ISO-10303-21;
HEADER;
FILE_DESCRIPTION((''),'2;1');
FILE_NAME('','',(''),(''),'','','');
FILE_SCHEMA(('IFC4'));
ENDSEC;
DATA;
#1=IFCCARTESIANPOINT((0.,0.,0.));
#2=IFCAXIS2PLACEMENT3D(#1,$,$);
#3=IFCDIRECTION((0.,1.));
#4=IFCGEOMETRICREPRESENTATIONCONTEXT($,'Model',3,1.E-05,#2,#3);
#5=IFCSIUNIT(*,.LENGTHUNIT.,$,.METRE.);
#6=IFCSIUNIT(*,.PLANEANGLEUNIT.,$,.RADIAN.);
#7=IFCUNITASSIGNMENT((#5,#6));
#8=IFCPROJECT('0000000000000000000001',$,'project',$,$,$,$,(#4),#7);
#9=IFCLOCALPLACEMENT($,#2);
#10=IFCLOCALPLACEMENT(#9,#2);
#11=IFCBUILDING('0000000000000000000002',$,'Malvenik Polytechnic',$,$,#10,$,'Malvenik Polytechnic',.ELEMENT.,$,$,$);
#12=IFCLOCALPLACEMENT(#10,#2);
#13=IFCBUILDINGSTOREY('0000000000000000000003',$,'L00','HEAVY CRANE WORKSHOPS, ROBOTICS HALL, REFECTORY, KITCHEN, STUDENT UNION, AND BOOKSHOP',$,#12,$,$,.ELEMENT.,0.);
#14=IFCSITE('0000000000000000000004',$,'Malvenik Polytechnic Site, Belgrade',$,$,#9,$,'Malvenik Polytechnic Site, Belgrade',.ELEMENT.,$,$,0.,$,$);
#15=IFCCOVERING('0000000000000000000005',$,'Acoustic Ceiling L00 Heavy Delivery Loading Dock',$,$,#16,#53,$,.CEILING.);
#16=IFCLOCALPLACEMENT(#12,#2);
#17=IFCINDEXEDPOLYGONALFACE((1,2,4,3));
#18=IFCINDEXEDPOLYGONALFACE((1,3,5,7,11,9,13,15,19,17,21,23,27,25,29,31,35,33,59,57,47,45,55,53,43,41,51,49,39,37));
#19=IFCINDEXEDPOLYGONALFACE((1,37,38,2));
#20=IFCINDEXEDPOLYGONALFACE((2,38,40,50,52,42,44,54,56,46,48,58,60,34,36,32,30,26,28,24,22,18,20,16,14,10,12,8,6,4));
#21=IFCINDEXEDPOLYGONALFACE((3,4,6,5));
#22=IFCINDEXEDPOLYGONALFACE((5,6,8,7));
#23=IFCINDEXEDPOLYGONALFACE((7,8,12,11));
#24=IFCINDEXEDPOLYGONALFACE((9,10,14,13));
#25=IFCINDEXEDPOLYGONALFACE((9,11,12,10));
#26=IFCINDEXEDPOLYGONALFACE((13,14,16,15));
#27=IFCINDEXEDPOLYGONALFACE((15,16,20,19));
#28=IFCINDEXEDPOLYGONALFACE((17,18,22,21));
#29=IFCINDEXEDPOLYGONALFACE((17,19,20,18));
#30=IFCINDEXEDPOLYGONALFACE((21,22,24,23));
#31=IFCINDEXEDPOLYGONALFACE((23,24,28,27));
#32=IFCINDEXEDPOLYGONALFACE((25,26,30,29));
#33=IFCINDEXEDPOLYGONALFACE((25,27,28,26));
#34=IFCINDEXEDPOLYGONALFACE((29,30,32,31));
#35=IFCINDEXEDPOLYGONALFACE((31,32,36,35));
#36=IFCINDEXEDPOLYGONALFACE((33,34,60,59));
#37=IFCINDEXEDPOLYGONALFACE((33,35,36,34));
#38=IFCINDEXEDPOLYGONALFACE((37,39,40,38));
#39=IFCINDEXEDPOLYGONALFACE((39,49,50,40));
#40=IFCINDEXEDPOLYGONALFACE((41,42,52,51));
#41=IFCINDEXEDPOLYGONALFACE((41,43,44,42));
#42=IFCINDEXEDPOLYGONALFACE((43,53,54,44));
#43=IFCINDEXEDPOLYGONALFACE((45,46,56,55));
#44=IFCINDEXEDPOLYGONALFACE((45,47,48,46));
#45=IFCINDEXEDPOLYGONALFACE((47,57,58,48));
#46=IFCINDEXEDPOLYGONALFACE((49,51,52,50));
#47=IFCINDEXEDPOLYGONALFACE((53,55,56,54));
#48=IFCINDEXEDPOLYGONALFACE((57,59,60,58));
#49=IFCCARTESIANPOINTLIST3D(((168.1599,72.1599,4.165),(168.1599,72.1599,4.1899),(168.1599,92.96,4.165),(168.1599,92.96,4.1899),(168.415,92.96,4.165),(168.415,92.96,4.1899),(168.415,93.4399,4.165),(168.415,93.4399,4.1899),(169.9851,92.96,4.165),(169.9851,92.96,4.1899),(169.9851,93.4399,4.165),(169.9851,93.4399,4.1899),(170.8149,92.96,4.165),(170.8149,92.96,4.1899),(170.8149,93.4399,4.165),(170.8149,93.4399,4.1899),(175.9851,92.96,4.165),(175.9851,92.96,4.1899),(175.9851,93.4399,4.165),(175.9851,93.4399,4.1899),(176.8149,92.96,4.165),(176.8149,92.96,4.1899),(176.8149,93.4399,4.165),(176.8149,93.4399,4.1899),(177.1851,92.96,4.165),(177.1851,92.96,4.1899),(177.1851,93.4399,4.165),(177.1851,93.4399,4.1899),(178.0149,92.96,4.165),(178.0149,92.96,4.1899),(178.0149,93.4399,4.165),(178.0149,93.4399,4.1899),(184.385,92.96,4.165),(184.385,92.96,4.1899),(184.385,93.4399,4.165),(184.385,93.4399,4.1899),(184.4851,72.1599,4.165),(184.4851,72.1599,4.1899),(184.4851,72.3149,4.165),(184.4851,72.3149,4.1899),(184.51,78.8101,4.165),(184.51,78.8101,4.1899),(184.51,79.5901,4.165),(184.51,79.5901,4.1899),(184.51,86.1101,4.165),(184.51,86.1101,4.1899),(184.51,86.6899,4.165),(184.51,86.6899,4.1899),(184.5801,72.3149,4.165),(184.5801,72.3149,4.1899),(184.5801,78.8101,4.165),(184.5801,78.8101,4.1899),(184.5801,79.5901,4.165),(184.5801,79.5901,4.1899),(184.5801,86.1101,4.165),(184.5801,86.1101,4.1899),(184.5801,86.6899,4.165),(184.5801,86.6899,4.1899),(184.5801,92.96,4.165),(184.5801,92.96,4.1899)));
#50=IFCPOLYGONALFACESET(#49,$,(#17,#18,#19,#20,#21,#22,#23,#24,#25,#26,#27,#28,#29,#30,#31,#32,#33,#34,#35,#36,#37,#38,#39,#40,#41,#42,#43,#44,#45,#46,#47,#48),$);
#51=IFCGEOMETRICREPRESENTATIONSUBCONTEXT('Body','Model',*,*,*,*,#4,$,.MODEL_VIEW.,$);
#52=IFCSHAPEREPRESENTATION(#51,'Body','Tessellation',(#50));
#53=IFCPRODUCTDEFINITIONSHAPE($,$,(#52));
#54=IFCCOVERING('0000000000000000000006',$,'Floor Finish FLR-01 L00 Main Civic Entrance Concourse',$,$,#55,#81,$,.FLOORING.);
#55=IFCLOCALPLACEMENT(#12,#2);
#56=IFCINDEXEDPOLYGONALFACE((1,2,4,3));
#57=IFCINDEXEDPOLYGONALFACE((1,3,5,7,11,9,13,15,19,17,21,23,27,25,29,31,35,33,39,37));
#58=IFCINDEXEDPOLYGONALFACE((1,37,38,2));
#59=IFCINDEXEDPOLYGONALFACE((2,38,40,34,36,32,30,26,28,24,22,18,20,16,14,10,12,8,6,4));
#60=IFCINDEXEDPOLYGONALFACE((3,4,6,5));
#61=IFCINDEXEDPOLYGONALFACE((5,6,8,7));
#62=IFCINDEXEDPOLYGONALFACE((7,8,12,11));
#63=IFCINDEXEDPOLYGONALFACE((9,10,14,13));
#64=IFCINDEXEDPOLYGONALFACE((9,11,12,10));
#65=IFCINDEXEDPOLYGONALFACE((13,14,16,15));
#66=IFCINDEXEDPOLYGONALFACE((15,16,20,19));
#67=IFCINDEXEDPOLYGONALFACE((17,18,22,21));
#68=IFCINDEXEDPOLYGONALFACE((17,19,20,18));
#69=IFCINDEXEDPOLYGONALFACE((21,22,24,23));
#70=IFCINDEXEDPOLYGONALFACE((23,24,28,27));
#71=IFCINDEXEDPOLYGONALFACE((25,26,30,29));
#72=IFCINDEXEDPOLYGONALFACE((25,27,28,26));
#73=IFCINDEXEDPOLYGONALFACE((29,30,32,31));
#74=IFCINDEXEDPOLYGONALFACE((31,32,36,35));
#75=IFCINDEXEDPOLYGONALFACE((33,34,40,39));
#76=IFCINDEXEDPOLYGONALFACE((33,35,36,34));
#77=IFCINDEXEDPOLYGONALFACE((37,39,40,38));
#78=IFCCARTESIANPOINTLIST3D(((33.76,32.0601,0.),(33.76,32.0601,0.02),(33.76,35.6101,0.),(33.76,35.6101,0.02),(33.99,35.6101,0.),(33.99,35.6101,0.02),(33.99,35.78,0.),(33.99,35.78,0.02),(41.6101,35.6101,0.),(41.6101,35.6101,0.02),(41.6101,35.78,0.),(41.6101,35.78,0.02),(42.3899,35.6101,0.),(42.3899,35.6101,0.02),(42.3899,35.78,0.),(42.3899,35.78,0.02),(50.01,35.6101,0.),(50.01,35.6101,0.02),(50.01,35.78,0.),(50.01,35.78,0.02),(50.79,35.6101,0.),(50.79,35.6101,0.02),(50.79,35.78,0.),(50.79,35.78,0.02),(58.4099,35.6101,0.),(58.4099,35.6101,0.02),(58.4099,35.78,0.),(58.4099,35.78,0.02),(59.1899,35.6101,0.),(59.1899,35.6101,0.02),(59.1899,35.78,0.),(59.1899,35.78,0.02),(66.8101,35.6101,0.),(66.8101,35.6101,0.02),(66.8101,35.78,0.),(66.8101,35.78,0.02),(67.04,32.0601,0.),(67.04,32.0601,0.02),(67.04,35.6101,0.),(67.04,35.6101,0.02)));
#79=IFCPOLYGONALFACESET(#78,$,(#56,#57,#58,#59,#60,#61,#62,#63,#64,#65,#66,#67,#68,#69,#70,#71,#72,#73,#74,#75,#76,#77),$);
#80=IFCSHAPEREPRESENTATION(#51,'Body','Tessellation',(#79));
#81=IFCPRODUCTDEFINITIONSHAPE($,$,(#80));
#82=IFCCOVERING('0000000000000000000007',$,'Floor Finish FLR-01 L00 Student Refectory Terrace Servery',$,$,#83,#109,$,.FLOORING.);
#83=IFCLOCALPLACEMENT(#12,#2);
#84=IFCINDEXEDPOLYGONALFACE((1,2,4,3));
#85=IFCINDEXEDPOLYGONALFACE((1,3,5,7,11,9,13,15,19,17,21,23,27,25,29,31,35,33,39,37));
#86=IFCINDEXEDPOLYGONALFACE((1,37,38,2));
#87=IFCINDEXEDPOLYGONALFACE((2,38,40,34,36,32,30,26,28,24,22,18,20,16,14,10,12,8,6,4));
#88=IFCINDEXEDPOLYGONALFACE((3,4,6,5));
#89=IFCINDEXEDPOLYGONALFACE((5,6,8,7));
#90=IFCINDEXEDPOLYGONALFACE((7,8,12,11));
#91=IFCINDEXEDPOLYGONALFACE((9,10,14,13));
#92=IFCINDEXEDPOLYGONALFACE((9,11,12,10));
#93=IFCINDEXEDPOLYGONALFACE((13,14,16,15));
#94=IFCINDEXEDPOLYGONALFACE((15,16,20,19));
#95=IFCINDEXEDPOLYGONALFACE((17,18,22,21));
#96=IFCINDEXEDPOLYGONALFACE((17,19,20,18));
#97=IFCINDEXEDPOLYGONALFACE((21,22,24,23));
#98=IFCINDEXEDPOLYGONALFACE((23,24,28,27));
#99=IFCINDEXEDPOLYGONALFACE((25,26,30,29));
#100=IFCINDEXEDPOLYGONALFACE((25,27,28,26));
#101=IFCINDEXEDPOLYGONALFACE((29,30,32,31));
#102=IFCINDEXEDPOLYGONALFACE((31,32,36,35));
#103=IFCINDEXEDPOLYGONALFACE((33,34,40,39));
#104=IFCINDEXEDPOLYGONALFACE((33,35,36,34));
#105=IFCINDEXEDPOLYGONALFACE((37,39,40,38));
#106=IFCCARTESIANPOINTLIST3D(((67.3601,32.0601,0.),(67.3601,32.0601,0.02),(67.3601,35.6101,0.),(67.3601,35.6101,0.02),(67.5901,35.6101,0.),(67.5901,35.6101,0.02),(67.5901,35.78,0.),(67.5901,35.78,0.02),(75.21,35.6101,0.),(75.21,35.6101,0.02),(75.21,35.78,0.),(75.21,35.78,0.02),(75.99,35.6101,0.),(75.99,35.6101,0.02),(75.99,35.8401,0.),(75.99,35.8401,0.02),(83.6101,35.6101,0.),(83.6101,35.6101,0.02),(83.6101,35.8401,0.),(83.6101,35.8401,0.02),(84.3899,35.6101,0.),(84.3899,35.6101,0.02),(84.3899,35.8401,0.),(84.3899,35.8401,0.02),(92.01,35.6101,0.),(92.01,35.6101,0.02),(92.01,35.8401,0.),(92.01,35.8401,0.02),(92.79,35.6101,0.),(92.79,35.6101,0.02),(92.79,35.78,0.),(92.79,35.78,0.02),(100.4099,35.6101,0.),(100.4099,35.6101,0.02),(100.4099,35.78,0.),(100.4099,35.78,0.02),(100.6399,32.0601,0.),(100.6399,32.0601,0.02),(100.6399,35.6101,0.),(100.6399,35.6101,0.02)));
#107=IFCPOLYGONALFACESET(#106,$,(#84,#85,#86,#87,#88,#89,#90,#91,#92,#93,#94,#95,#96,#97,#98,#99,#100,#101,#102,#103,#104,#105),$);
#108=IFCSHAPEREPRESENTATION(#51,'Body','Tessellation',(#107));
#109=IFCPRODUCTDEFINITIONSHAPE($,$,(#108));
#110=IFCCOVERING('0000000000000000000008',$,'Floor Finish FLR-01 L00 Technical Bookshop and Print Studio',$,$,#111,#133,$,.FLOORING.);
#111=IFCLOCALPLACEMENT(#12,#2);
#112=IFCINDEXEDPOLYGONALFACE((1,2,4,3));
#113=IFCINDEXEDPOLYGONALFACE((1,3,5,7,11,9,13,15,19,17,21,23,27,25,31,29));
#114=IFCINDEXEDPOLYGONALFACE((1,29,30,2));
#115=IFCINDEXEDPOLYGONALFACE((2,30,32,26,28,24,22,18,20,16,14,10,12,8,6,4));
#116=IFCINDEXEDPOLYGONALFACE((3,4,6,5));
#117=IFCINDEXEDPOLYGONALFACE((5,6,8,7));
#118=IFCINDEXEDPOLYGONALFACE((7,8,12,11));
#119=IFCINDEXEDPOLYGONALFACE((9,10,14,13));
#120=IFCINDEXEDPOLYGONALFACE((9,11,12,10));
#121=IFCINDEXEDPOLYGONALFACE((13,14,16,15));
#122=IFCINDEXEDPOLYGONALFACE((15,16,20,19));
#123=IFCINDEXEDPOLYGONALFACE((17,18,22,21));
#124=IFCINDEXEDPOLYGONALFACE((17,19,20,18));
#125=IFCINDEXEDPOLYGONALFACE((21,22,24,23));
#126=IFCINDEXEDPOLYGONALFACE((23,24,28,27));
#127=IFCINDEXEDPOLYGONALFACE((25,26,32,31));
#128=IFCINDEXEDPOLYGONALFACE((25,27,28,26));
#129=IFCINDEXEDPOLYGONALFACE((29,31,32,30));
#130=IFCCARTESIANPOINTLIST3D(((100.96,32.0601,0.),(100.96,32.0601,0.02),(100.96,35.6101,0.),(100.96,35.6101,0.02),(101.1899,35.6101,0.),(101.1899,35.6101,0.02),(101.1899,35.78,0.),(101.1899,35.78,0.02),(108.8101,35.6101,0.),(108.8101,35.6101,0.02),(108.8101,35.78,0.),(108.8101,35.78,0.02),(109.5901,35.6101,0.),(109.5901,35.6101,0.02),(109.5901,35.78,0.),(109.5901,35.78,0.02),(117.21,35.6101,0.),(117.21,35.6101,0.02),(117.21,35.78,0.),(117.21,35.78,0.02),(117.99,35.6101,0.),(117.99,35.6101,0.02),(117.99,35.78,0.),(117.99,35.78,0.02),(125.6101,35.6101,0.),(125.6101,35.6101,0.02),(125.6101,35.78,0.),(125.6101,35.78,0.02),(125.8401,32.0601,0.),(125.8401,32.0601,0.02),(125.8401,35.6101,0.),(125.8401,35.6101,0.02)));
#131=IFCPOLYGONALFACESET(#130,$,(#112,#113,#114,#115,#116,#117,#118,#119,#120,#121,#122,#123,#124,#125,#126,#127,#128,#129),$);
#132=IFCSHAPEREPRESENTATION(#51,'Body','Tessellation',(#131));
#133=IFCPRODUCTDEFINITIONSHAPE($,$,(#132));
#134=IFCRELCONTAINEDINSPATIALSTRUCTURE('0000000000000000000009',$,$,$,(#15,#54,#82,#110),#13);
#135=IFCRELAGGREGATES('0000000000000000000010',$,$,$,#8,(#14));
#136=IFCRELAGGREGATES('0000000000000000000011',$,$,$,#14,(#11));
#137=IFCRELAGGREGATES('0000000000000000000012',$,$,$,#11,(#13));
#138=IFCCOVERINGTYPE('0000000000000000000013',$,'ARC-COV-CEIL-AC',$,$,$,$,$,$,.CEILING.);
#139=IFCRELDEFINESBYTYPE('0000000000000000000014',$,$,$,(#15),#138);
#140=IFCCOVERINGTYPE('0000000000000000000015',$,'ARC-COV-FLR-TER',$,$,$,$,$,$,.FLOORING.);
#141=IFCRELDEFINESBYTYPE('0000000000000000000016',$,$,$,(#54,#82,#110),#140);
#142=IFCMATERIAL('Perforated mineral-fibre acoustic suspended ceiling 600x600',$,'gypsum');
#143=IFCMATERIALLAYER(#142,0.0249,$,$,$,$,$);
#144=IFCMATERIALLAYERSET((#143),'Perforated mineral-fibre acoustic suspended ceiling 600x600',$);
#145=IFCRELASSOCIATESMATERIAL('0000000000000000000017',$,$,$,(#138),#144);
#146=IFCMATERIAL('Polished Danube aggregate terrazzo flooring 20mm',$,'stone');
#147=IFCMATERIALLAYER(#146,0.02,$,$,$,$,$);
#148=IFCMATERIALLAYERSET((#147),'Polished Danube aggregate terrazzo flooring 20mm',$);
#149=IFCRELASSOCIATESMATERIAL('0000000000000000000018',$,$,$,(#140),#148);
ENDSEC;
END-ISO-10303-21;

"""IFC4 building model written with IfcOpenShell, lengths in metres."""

from ifc_helpers import new_model, si_unit, direction, frame, origin, place, context, subcontext, project, spatial, polyline, outline, extrude, material, layer, layer_set, type_object, element, save


model = new_model("IFC4")

# Units and contexts
model_context = context("Model", 3, precision=1e-05, world=origin(), true_north=direction((0.0, 1.0)))
body_context = subcontext(model_context, "Body", "Model", "MODEL_VIEW")
ifc_project = project(units=[si_unit("LENGTHUNIT", "METRE"), si_unit("PLANEANGLEUNIT", "RADIAN")], contexts=[model_context])

# Site, building, storey
site_placement = place(None, origin())
site = spatial("IfcSite", under=ifc_project, at=site_placement, Name="Malvenik Polytechnic Site, Belgrade", LongName="Malvenik Polytechnic Site, Belgrade", CompositionType="ELEMENT", RefElevation=0.0)
building_placement = place(site_placement, origin())
building = spatial("IfcBuilding", under=site, at=building_placement, Name="Malvenik Polytechnic", LongName="Malvenik Polytechnic", CompositionType="ELEMENT")
storey_placement = place(building_placement, origin())
storey = spatial("IfcBuildingStorey", under=building, at=storey_placement, Name="L00", Description="HEAVY CRANE WORKSHOPS, ROBOTICS HALL, REFECTORY, KITCHEN, STUDENT UNION, AND BOOKSHOP", CompositionType="ELEMENT", Elevation=0.0)

# Coverings
ifc_material_1 = material(Name="Perforated mineral-fibre acoustic suspended ceiling 600x600", Category="gypsum")
ifc_layer_1 = layer(ifc_material_1, 0.0249)
ifc_layer_set_1 = layer_set([ifc_layer_1], Name="Perforated mineral-fibre acoustic suspended ceiling 600x600")
covering_type_1 = type_object("IfcCoveringType", Name="ARC-COV-CEIL-AC", PredefinedType="CEILING", material=ifc_layer_set_1)
covering_1_placement = place(storey_placement, frame((0.0, 0.0, 4.165)))
element("IfcCovering", 1, at=covering_1_placement, inside=storey, type_object=covering_type_1, Name="Acoustic Ceiling L00 Heavy Delivery Loading Dock", PredefinedType="CEILING", context=body_context, shape_type="SweptSolid", body=[
    extrude(outline(polyline([(169.9851, 92.96), (170.8149, 92.96), (170.8149, 93.4399), (175.9851, 93.4399), (175.9851, 92.96), (176.8149, 92.96), (176.8149, 93.4399), (177.1851, 93.4399), (177.1851, 92.96), (178.0149, 92.96), (178.0149, 93.4399), (184.385, 93.4399), (184.385, 92.96), (184.5801, 92.96), (184.5801, 86.6899), (184.51, 86.6899), (184.51, 86.1101), (184.5801, 86.1101), (184.5801, 79.5901), (184.51, 79.5901), (184.51, 78.8101), (184.5801, 78.8101), (184.5801, 72.3149), (184.4851, 72.3149), (184.4851, 72.1599), (168.1599, 72.1599), (168.1599, 92.96), (168.415, 92.96), (168.415, 93.4399), (169.9851, 93.4399), (169.9851, 92.96)])), origin(), (0.0, 0.0, 1.0), 0.0249),
])
ifc_material_2 = material(Name="Polished Danube aggregate terrazzo flooring 20mm", Category="stone")
ifc_layer_2 = layer(ifc_material_2, 0.02)
ifc_layer_set_2 = layer_set([ifc_layer_2], Name="Polished Danube aggregate terrazzo flooring 20mm")
covering_type_2 = type_object("IfcCoveringType", Name="ARC-COV-FLR-TER", PredefinedType="FLOORING", material=ifc_layer_set_2)
covering_2_placement = place(storey_placement, origin())
element("IfcCovering", 2, at=covering_2_placement, inside=storey, type_object=covering_type_2, Name="Floor Finish FLR-01 L00 Main Civic Entrance Concourse", PredefinedType="FLOORING", context=body_context, shape_type="SweptSolid", body=[
    extrude(outline(polyline([(41.6101, 35.6101), (42.3899, 35.6101), (42.3899, 35.78), (50.01, 35.78), (50.01, 35.6101), (50.79, 35.6101), (50.79, 35.78), (58.4099, 35.78), (58.4099, 35.6101), (59.1899, 35.6101), (59.1899, 35.78), (66.8101, 35.78), (66.8101, 35.6101), (67.04, 35.6101), (67.04, 32.0601), (33.76, 32.0601), (33.76, 35.6101), (33.99, 35.6101), (33.99, 35.78), (41.6101, 35.78), (41.6101, 35.6101)])), origin(), (0.0, 0.0, 1.0), 0.02),
])
covering_3_placement = place(storey_placement, origin())
element("IfcCovering", 3, at=covering_3_placement, inside=storey, type_object=covering_type_2, Name="Floor Finish FLR-01 L00 Student Refectory Terrace Servery", PredefinedType="FLOORING", context=body_context, shape_type="SweptSolid", body=[
    extrude(outline(polyline([(75.21, 35.6101), (75.99, 35.6101), (75.99, 35.8401), (83.6101, 35.8401), (83.6101, 35.6101), (84.3899, 35.6101), (84.3899, 35.8401), (92.01, 35.8401), (92.01, 35.6101), (92.79, 35.6101), (92.79, 35.78), (100.4099, 35.78), (100.4099, 35.6101), (100.6399, 35.6101), (100.6399, 32.0601), (67.3601, 32.0601), (67.3601, 35.6101), (67.5901, 35.6101), (67.5901, 35.78), (75.21, 35.78), (75.21, 35.6101)])), origin(), (0.0, 0.0, 1.0), 0.02),
])
covering_4_placement = place(storey_placement, origin())
element("IfcCovering", 4, at=covering_4_placement, inside=storey, type_object=covering_type_2, Name="Floor Finish FLR-01 L00 Technical Bookshop and Print Studio", PredefinedType="FLOORING", context=body_context, shape_type="SweptSolid", body=[
    extrude(outline(polyline([(108.8101, 35.6101), (109.5901, 35.6101), (109.5901, 35.78), (117.21, 35.78), (117.21, 35.6101), (117.99, 35.6101), (117.99, 35.78), (125.6101, 35.78), (125.6101, 35.6101), (125.8401, 35.6101), (125.8401, 32.0601), (100.96, 32.0601), (100.96, 35.6101), (101.1899, 35.6101), (101.1899, 35.78), (108.8101, 35.78), (108.8101, 35.6101)])), origin(), (0.0, 0.0, 1.0), 0.02),
])

save(model, "model.ifc")
